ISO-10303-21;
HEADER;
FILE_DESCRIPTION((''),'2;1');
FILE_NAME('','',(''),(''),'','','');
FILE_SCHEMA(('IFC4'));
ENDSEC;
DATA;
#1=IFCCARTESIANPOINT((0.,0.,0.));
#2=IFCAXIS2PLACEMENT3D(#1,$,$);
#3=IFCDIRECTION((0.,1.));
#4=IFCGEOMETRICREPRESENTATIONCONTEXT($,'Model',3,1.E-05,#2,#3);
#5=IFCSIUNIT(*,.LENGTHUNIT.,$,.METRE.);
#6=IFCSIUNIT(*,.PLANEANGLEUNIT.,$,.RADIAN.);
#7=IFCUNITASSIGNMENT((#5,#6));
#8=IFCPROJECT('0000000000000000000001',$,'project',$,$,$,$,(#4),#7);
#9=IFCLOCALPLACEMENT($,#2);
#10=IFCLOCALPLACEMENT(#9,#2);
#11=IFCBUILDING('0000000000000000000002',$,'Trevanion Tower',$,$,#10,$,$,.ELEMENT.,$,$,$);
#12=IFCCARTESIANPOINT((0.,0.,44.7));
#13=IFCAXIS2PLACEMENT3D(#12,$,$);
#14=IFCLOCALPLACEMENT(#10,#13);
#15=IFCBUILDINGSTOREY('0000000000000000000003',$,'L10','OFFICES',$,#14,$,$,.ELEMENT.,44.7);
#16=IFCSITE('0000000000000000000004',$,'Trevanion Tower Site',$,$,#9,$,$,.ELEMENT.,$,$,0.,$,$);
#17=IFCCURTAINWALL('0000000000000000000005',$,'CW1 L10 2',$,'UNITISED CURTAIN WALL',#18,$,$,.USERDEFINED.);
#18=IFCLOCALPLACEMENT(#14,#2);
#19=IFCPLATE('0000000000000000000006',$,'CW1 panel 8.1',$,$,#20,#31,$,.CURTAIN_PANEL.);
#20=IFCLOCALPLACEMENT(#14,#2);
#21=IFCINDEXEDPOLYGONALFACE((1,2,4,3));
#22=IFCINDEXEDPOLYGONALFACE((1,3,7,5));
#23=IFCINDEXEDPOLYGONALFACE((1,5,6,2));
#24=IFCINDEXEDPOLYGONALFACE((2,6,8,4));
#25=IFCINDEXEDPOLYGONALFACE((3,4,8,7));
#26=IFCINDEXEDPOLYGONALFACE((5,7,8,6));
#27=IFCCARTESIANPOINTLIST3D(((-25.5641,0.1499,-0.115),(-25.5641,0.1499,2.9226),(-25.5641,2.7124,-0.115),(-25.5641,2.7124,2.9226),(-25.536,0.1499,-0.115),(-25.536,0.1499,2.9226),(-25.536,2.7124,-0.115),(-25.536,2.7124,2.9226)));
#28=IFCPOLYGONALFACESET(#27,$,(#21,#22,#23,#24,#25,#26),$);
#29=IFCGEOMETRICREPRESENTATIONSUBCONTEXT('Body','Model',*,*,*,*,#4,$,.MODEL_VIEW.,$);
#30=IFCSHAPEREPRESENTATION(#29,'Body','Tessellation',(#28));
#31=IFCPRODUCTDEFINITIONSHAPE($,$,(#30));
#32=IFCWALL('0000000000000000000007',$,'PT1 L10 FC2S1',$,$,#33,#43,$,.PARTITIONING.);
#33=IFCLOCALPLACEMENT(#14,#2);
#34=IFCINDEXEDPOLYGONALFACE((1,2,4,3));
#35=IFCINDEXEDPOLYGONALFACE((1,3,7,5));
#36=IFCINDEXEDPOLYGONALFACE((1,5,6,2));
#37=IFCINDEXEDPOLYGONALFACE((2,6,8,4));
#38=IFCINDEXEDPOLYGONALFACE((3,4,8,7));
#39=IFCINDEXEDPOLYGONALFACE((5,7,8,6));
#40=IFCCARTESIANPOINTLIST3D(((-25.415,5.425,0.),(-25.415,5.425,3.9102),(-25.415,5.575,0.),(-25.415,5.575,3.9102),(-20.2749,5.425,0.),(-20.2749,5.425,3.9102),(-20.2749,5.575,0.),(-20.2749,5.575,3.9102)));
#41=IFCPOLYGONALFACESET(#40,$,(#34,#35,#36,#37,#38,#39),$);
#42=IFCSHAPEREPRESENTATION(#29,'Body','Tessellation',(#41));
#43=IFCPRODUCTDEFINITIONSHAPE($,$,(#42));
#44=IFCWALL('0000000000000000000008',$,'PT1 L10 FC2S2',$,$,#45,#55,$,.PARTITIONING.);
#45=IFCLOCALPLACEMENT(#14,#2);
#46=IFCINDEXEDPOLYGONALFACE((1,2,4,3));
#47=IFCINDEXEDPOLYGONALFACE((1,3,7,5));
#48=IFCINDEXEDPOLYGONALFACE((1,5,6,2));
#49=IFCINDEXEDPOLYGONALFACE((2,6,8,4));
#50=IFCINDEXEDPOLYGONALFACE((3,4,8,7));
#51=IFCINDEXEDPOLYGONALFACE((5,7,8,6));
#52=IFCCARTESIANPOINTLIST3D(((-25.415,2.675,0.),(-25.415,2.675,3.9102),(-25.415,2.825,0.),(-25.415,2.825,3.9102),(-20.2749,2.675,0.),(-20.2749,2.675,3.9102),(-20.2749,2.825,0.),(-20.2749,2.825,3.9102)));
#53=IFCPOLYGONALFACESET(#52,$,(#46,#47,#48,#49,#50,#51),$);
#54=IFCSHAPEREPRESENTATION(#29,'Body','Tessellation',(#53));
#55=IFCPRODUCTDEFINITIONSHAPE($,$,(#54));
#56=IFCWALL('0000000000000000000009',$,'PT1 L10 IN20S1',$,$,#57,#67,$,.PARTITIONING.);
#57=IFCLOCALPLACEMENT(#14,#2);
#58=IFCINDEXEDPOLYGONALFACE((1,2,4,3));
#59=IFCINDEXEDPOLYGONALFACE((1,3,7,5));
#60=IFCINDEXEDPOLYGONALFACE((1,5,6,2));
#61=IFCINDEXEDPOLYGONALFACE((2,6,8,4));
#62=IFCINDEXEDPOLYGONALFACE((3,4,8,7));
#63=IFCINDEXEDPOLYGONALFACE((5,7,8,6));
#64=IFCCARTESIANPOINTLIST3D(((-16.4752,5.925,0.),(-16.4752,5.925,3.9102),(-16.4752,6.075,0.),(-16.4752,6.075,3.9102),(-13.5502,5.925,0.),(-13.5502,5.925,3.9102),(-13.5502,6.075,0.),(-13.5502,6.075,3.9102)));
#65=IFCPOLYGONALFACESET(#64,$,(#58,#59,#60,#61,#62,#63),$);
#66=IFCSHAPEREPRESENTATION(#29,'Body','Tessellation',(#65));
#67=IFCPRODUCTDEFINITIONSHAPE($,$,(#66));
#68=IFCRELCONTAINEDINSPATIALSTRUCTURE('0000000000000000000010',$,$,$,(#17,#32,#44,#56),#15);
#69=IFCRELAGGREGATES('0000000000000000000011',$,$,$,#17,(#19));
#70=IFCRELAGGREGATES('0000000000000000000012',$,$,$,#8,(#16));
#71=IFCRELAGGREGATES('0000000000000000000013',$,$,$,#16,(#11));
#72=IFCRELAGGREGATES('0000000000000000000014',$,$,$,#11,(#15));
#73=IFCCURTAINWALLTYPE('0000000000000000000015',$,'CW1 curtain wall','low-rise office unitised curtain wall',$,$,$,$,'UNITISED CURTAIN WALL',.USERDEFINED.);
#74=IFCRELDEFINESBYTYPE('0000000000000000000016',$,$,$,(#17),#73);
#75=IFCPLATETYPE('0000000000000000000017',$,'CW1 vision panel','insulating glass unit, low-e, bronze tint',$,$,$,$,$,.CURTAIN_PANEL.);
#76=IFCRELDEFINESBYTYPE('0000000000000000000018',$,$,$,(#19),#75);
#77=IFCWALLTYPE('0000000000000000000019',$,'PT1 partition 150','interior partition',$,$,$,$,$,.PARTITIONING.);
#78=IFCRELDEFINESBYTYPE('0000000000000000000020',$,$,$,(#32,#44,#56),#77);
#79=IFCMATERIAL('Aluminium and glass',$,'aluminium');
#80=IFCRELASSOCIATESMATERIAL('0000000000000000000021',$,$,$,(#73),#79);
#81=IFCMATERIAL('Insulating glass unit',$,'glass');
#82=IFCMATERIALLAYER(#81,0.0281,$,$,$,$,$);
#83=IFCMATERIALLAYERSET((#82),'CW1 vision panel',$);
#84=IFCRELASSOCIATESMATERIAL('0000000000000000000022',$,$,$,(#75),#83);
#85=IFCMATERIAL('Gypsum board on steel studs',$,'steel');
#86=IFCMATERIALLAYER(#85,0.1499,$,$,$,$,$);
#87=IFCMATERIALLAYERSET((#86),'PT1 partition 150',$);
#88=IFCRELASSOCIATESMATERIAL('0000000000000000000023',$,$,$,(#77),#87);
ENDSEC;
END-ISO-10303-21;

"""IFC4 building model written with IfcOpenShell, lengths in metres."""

from ifc_helpers import new_model, si_unit, direction, frame, frame_2d, origin, origin_2d, place, context, subcontext, project, spatial, rectangle, extrude, material, layer, layer_set, type_object, element, aggregate, save


model = new_model("IFC4")

# Units and contexts
model_context = context("Model", 3, precision=1e-05, world=origin(), true_north=direction((0.0, 1.0)))
body_context = subcontext(model_context, "Body", "Model", "MODEL_VIEW")
ifc_project = project(units=[si_unit("LENGTHUNIT", "METRE"), si_unit("PLANEANGLEUNIT", "RADIAN")], contexts=[model_context])

# Site, building, storey
site_placement = place(None, origin())
site = spatial("IfcSite", under=ifc_project, at=site_placement, Name="Trevanion Tower Site", CompositionType="ELEMENT", RefElevation=0.0)
building_placement = place(site_placement, origin())
building = spatial("IfcBuilding", under=site, at=building_placement, Name="Trevanion Tower", CompositionType="ELEMENT")
storey_placement = place(building_placement, frame((0.0, 0.0, 44.7)))
storey = spatial("IfcBuildingStorey", under=building, at=storey_placement, Name="L10", Description="OFFICES", CompositionType="ELEMENT", Elevation=44.7)

# Curtain wall, plate
ifc_material_1 = material(Name="Aluminium and glass", Category="aluminium")
curtain_wall_type = type_object("IfcCurtainWallType", Name="CW1 curtain wall", Description="low-rise office unitised curtain wall", ElementType="UNITISED CURTAIN WALL", PredefinedType="USERDEFINED", material=ifc_material_1)
curtain_wall_placement = place(storey_placement, origin())
curtain_wall = element("IfcCurtainWall", 1, at=curtain_wall_placement, inside=storey, type_object=curtain_wall_type, Name="CW1 L10 2", ObjectType="UNITISED CURTAIN WALL", PredefinedType="USERDEFINED")
ifc_material_2 = material(Name="Insulating glass unit", Category="glass")
ifc_layer_1 = layer(ifc_material_2, 0.0281)
ifc_layer_set_1 = layer_set([ifc_layer_1], Name="CW1 vision panel")
plate_type_1 = type_object("IfcPlateType", Name="CW1 vision panel", Description="insulating glass unit, low-e, bronze tint", PredefinedType="CURTAIN_PANEL", material=ifc_layer_set_1)
plate_1_placement = place(storey_placement, frame((-25.55, 1.4312, -0.115), z_axis=(0.0, 0.0, 1.0), x_axis=(0.0, -1.0, 0.0)))
plate_1 = element("IfcPlate", 2, at=plate_1_placement, type_object=plate_type_1, Name="CW1 panel 8.1", PredefinedType="CURTAIN_PANEL", context=body_context, shape_type="SweptSolid", body=[
    extrude(rectangle(XDim=2.5625, YDim=0.0281, at=origin_2d()), origin(), (0.0, 0.0, 1.0), 3.0376),
])
aggregate(curtain_wall, [plate_1])

# Walls
ifc_material_3 = material(Name="Gypsum board on steel studs", Category="steel")
ifc_layer_2 = layer(ifc_material_3, 0.1499)
ifc_layer_set_2 = layer_set([ifc_layer_2], Name="PT1 partition 150")
wall_type = type_object("IfcWallType", Name="PT1 partition 150", Description="interior partition", PredefinedType="PARTITIONING", material=ifc_layer_set_2)
for number, where, z_axis, x_axis, name in (
    (3, (-20.2749, 5.5, 0.0), (0.0, 0.0, 1.0), (-1.0, 0.0, 0.0), "PT1 L10 FC2S1"),
    (4, (-20.2749, 2.75, 0.0), (0.0, 0.0, 1.0), (-1.0, 0.0, 0.0), "PT1 L10 FC2S2"),
):
    element("IfcWall", number, at=place(storey_placement, frame(where, z_axis=z_axis, x_axis=x_axis)), inside=storey, type_object=wall_type, Name=name, PredefinedType="PARTITIONING", context=body_context, shape_type="SweptSolid", body=[
        extrude(rectangle(XDim=5.1401, YDim=0.1499, at=frame_2d((2.5701, 0.0))), origin(), (0.0, 0.0, 1.0), 3.9102),
    ])
wall_placement = place(storey_placement, frame((-16.4751, 6.0, 0.0), z_axis=(0.0, 0.0, 1.0), x_axis=(1.0, 0.0, 0.0)))
element("IfcWall", 5, at=wall_placement, inside=storey, type_object=wall_type, Name="PT1 L10 IN20S1", PredefinedType="PARTITIONING", context=body_context, shape_type="SweptSolid", body=[
    extrude(rectangle(XDim=2.925, YDim=0.1499, at=frame_2d((1.4624, 0.0))), origin(), (0.0, 0.0, 1.0), 3.9102),
])

save(model, "model.ifc")
